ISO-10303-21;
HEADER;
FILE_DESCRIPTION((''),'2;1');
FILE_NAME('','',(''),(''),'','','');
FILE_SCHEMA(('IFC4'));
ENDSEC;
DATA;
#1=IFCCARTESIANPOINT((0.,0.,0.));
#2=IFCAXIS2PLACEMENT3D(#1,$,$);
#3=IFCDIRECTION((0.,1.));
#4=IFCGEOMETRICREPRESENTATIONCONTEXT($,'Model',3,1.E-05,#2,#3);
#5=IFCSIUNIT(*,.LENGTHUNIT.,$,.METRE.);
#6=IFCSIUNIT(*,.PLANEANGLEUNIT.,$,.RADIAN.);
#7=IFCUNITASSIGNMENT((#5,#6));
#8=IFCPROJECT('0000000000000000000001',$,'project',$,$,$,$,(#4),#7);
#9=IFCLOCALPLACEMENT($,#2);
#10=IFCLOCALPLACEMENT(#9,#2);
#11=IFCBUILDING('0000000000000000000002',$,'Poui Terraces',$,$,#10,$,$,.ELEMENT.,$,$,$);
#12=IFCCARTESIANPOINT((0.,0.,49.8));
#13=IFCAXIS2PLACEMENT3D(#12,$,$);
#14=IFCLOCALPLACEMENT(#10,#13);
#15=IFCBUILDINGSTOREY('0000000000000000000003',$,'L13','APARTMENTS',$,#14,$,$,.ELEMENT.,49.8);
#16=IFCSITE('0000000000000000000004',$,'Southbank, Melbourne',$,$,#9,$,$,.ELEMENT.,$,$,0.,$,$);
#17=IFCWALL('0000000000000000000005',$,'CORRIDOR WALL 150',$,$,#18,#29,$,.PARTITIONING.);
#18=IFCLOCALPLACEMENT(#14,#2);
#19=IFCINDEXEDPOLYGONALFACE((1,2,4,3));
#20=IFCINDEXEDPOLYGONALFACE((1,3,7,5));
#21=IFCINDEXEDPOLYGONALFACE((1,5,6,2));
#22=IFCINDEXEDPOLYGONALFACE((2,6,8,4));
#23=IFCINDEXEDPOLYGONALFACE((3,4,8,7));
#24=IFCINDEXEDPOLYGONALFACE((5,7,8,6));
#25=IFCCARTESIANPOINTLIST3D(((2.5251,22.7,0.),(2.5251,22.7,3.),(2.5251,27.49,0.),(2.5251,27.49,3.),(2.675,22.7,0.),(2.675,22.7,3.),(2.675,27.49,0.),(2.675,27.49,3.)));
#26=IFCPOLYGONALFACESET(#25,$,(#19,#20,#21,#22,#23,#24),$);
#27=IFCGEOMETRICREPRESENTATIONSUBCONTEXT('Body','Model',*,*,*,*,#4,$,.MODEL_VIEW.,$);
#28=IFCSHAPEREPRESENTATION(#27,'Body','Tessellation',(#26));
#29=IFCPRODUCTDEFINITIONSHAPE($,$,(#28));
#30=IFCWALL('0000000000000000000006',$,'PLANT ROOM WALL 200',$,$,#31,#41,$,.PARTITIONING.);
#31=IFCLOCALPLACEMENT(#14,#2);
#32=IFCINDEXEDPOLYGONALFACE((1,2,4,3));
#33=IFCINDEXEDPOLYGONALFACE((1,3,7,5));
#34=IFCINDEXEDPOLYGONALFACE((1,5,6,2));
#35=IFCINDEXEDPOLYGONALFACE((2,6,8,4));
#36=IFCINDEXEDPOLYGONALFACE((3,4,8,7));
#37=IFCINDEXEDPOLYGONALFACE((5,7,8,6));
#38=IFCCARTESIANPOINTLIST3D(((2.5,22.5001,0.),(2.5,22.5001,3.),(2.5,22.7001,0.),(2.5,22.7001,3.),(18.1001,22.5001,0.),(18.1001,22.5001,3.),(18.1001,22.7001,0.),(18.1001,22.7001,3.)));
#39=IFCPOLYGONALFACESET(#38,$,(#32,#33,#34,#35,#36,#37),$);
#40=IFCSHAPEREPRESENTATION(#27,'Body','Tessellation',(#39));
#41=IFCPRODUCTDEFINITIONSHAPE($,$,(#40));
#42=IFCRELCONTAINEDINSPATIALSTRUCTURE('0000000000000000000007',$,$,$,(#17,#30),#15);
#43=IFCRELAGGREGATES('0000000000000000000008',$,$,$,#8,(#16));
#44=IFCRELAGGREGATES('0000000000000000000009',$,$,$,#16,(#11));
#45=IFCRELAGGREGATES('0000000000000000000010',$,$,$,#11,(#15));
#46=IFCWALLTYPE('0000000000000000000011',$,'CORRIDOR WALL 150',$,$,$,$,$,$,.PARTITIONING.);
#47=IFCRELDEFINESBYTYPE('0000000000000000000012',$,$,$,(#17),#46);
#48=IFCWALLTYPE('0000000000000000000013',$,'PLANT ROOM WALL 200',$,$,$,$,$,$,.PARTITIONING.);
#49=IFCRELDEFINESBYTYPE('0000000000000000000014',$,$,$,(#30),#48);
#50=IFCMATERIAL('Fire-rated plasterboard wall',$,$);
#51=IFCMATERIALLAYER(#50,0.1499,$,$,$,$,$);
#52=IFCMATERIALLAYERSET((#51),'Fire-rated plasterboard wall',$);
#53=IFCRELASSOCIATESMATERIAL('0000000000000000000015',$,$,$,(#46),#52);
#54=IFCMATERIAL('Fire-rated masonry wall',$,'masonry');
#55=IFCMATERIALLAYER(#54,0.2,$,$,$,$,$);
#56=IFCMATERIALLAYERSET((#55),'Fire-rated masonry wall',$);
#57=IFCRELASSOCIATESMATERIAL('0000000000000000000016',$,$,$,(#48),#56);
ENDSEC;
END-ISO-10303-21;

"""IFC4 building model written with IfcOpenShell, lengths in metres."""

from ifc_helpers import new_model, si_unit, direction, frame, frame_2d, origin, place, context, subcontext, project, spatial, rectangle, extrude, material, layer, layer_set, type_object, element, save


model = new_model("IFC4")

# Units and contexts
model_context = context("Model", 3, precision=1e-05, world=origin(), true_north=direction((0.0, 1.0)))
body_context = subcontext(model_context, "Body", "Model", "MODEL_VIEW")
ifc_project = project(units=[si_unit("LENGTHUNIT", "METRE"), si_unit("PLANEANGLEUNIT", "RADIAN")], contexts=[model_context])

# Site, building, storey
site_placement = place(None, origin())
site = spatial("IfcSite", under=ifc_project, at=site_placement, Name="Southbank, Melbourne", CompositionType="ELEMENT", RefElevation=0.0)
building_placement = place(site_placement, origin())
building = spatial("IfcBuilding", under=site, at=building_placement, Name="Poui Terraces", CompositionType="ELEMENT")
storey_placement = place(building_placement, frame((0.0, 0.0, 49.8)))
storey = spatial("IfcBuildingStorey", under=building, at=storey_placement, Name="L13", Description="APARTMENTS", CompositionType="ELEMENT", Elevation=49.8)

# Walls
ifc_material_1 = material(Name="Fire-rated plasterboard wall")
ifc_layer_1 = layer(ifc_material_1, 0.1499)
ifc_layer_set_1 = layer_set([ifc_layer_1], Name="Fire-rated plasterboard wall")
wall_type_1 = type_object("IfcWallType", Name="CORRIDOR WALL 150", PredefinedType="PARTITIONING", material=ifc_layer_set_1)
wall_1_placement = place(storey_placement, frame((2.6001, 22.7, 0.0), z_axis=(0.0, 0.0, 1.0), x_axis=(0.0, 1.0, 0.0)))
element("IfcWall", 1, at=wall_1_placement, inside=storey, type_object=wall_type_1, Name="CORRIDOR WALL 150", PredefinedType="PARTITIONING", context=body_context, shape_type="SweptSolid", body=[
    extrude(rectangle(XDim=4.79, YDim=0.1499, at=frame_2d((2.395, 0.0))), origin(), (0.0, 0.0, 1.0), 3.0),
])
ifc_material_2 = material(Name="Fire-rated masonry wall", Category="masonry")
ifc_layer_2 = layer(ifc_material_2, 0.2)
ifc_layer_set_2 = layer_set([ifc_layer_2], Name="Fire-rated masonry wall")
wall_type_2 = type_object("IfcWallType", Name="PLANT ROOM WALL 200", PredefinedType="PARTITIONING", material=ifc_layer_set_2)
wall_2_placement = place(storey_placement, frame((2.5, 22.6001, 0.0), z_axis=(0.0, 0.0, 1.0), x_axis=(1.0, 0.0, 0.0)))
element("IfcWall", 2, at=wall_2_placement, inside=storey, type_object=wall_type_2, Name="PLANT ROOM WALL 200", PredefinedType="PARTITIONING", context=body_context, shape_type="SweptSolid", body=[
    extrude(rectangle(XDim=15.6001, YDim=0.2, at=frame_2d((7.8, 0.0))), origin(), (0.0, 0.0, 1.0), 3.0),
])

save(model, "model.ifc")
